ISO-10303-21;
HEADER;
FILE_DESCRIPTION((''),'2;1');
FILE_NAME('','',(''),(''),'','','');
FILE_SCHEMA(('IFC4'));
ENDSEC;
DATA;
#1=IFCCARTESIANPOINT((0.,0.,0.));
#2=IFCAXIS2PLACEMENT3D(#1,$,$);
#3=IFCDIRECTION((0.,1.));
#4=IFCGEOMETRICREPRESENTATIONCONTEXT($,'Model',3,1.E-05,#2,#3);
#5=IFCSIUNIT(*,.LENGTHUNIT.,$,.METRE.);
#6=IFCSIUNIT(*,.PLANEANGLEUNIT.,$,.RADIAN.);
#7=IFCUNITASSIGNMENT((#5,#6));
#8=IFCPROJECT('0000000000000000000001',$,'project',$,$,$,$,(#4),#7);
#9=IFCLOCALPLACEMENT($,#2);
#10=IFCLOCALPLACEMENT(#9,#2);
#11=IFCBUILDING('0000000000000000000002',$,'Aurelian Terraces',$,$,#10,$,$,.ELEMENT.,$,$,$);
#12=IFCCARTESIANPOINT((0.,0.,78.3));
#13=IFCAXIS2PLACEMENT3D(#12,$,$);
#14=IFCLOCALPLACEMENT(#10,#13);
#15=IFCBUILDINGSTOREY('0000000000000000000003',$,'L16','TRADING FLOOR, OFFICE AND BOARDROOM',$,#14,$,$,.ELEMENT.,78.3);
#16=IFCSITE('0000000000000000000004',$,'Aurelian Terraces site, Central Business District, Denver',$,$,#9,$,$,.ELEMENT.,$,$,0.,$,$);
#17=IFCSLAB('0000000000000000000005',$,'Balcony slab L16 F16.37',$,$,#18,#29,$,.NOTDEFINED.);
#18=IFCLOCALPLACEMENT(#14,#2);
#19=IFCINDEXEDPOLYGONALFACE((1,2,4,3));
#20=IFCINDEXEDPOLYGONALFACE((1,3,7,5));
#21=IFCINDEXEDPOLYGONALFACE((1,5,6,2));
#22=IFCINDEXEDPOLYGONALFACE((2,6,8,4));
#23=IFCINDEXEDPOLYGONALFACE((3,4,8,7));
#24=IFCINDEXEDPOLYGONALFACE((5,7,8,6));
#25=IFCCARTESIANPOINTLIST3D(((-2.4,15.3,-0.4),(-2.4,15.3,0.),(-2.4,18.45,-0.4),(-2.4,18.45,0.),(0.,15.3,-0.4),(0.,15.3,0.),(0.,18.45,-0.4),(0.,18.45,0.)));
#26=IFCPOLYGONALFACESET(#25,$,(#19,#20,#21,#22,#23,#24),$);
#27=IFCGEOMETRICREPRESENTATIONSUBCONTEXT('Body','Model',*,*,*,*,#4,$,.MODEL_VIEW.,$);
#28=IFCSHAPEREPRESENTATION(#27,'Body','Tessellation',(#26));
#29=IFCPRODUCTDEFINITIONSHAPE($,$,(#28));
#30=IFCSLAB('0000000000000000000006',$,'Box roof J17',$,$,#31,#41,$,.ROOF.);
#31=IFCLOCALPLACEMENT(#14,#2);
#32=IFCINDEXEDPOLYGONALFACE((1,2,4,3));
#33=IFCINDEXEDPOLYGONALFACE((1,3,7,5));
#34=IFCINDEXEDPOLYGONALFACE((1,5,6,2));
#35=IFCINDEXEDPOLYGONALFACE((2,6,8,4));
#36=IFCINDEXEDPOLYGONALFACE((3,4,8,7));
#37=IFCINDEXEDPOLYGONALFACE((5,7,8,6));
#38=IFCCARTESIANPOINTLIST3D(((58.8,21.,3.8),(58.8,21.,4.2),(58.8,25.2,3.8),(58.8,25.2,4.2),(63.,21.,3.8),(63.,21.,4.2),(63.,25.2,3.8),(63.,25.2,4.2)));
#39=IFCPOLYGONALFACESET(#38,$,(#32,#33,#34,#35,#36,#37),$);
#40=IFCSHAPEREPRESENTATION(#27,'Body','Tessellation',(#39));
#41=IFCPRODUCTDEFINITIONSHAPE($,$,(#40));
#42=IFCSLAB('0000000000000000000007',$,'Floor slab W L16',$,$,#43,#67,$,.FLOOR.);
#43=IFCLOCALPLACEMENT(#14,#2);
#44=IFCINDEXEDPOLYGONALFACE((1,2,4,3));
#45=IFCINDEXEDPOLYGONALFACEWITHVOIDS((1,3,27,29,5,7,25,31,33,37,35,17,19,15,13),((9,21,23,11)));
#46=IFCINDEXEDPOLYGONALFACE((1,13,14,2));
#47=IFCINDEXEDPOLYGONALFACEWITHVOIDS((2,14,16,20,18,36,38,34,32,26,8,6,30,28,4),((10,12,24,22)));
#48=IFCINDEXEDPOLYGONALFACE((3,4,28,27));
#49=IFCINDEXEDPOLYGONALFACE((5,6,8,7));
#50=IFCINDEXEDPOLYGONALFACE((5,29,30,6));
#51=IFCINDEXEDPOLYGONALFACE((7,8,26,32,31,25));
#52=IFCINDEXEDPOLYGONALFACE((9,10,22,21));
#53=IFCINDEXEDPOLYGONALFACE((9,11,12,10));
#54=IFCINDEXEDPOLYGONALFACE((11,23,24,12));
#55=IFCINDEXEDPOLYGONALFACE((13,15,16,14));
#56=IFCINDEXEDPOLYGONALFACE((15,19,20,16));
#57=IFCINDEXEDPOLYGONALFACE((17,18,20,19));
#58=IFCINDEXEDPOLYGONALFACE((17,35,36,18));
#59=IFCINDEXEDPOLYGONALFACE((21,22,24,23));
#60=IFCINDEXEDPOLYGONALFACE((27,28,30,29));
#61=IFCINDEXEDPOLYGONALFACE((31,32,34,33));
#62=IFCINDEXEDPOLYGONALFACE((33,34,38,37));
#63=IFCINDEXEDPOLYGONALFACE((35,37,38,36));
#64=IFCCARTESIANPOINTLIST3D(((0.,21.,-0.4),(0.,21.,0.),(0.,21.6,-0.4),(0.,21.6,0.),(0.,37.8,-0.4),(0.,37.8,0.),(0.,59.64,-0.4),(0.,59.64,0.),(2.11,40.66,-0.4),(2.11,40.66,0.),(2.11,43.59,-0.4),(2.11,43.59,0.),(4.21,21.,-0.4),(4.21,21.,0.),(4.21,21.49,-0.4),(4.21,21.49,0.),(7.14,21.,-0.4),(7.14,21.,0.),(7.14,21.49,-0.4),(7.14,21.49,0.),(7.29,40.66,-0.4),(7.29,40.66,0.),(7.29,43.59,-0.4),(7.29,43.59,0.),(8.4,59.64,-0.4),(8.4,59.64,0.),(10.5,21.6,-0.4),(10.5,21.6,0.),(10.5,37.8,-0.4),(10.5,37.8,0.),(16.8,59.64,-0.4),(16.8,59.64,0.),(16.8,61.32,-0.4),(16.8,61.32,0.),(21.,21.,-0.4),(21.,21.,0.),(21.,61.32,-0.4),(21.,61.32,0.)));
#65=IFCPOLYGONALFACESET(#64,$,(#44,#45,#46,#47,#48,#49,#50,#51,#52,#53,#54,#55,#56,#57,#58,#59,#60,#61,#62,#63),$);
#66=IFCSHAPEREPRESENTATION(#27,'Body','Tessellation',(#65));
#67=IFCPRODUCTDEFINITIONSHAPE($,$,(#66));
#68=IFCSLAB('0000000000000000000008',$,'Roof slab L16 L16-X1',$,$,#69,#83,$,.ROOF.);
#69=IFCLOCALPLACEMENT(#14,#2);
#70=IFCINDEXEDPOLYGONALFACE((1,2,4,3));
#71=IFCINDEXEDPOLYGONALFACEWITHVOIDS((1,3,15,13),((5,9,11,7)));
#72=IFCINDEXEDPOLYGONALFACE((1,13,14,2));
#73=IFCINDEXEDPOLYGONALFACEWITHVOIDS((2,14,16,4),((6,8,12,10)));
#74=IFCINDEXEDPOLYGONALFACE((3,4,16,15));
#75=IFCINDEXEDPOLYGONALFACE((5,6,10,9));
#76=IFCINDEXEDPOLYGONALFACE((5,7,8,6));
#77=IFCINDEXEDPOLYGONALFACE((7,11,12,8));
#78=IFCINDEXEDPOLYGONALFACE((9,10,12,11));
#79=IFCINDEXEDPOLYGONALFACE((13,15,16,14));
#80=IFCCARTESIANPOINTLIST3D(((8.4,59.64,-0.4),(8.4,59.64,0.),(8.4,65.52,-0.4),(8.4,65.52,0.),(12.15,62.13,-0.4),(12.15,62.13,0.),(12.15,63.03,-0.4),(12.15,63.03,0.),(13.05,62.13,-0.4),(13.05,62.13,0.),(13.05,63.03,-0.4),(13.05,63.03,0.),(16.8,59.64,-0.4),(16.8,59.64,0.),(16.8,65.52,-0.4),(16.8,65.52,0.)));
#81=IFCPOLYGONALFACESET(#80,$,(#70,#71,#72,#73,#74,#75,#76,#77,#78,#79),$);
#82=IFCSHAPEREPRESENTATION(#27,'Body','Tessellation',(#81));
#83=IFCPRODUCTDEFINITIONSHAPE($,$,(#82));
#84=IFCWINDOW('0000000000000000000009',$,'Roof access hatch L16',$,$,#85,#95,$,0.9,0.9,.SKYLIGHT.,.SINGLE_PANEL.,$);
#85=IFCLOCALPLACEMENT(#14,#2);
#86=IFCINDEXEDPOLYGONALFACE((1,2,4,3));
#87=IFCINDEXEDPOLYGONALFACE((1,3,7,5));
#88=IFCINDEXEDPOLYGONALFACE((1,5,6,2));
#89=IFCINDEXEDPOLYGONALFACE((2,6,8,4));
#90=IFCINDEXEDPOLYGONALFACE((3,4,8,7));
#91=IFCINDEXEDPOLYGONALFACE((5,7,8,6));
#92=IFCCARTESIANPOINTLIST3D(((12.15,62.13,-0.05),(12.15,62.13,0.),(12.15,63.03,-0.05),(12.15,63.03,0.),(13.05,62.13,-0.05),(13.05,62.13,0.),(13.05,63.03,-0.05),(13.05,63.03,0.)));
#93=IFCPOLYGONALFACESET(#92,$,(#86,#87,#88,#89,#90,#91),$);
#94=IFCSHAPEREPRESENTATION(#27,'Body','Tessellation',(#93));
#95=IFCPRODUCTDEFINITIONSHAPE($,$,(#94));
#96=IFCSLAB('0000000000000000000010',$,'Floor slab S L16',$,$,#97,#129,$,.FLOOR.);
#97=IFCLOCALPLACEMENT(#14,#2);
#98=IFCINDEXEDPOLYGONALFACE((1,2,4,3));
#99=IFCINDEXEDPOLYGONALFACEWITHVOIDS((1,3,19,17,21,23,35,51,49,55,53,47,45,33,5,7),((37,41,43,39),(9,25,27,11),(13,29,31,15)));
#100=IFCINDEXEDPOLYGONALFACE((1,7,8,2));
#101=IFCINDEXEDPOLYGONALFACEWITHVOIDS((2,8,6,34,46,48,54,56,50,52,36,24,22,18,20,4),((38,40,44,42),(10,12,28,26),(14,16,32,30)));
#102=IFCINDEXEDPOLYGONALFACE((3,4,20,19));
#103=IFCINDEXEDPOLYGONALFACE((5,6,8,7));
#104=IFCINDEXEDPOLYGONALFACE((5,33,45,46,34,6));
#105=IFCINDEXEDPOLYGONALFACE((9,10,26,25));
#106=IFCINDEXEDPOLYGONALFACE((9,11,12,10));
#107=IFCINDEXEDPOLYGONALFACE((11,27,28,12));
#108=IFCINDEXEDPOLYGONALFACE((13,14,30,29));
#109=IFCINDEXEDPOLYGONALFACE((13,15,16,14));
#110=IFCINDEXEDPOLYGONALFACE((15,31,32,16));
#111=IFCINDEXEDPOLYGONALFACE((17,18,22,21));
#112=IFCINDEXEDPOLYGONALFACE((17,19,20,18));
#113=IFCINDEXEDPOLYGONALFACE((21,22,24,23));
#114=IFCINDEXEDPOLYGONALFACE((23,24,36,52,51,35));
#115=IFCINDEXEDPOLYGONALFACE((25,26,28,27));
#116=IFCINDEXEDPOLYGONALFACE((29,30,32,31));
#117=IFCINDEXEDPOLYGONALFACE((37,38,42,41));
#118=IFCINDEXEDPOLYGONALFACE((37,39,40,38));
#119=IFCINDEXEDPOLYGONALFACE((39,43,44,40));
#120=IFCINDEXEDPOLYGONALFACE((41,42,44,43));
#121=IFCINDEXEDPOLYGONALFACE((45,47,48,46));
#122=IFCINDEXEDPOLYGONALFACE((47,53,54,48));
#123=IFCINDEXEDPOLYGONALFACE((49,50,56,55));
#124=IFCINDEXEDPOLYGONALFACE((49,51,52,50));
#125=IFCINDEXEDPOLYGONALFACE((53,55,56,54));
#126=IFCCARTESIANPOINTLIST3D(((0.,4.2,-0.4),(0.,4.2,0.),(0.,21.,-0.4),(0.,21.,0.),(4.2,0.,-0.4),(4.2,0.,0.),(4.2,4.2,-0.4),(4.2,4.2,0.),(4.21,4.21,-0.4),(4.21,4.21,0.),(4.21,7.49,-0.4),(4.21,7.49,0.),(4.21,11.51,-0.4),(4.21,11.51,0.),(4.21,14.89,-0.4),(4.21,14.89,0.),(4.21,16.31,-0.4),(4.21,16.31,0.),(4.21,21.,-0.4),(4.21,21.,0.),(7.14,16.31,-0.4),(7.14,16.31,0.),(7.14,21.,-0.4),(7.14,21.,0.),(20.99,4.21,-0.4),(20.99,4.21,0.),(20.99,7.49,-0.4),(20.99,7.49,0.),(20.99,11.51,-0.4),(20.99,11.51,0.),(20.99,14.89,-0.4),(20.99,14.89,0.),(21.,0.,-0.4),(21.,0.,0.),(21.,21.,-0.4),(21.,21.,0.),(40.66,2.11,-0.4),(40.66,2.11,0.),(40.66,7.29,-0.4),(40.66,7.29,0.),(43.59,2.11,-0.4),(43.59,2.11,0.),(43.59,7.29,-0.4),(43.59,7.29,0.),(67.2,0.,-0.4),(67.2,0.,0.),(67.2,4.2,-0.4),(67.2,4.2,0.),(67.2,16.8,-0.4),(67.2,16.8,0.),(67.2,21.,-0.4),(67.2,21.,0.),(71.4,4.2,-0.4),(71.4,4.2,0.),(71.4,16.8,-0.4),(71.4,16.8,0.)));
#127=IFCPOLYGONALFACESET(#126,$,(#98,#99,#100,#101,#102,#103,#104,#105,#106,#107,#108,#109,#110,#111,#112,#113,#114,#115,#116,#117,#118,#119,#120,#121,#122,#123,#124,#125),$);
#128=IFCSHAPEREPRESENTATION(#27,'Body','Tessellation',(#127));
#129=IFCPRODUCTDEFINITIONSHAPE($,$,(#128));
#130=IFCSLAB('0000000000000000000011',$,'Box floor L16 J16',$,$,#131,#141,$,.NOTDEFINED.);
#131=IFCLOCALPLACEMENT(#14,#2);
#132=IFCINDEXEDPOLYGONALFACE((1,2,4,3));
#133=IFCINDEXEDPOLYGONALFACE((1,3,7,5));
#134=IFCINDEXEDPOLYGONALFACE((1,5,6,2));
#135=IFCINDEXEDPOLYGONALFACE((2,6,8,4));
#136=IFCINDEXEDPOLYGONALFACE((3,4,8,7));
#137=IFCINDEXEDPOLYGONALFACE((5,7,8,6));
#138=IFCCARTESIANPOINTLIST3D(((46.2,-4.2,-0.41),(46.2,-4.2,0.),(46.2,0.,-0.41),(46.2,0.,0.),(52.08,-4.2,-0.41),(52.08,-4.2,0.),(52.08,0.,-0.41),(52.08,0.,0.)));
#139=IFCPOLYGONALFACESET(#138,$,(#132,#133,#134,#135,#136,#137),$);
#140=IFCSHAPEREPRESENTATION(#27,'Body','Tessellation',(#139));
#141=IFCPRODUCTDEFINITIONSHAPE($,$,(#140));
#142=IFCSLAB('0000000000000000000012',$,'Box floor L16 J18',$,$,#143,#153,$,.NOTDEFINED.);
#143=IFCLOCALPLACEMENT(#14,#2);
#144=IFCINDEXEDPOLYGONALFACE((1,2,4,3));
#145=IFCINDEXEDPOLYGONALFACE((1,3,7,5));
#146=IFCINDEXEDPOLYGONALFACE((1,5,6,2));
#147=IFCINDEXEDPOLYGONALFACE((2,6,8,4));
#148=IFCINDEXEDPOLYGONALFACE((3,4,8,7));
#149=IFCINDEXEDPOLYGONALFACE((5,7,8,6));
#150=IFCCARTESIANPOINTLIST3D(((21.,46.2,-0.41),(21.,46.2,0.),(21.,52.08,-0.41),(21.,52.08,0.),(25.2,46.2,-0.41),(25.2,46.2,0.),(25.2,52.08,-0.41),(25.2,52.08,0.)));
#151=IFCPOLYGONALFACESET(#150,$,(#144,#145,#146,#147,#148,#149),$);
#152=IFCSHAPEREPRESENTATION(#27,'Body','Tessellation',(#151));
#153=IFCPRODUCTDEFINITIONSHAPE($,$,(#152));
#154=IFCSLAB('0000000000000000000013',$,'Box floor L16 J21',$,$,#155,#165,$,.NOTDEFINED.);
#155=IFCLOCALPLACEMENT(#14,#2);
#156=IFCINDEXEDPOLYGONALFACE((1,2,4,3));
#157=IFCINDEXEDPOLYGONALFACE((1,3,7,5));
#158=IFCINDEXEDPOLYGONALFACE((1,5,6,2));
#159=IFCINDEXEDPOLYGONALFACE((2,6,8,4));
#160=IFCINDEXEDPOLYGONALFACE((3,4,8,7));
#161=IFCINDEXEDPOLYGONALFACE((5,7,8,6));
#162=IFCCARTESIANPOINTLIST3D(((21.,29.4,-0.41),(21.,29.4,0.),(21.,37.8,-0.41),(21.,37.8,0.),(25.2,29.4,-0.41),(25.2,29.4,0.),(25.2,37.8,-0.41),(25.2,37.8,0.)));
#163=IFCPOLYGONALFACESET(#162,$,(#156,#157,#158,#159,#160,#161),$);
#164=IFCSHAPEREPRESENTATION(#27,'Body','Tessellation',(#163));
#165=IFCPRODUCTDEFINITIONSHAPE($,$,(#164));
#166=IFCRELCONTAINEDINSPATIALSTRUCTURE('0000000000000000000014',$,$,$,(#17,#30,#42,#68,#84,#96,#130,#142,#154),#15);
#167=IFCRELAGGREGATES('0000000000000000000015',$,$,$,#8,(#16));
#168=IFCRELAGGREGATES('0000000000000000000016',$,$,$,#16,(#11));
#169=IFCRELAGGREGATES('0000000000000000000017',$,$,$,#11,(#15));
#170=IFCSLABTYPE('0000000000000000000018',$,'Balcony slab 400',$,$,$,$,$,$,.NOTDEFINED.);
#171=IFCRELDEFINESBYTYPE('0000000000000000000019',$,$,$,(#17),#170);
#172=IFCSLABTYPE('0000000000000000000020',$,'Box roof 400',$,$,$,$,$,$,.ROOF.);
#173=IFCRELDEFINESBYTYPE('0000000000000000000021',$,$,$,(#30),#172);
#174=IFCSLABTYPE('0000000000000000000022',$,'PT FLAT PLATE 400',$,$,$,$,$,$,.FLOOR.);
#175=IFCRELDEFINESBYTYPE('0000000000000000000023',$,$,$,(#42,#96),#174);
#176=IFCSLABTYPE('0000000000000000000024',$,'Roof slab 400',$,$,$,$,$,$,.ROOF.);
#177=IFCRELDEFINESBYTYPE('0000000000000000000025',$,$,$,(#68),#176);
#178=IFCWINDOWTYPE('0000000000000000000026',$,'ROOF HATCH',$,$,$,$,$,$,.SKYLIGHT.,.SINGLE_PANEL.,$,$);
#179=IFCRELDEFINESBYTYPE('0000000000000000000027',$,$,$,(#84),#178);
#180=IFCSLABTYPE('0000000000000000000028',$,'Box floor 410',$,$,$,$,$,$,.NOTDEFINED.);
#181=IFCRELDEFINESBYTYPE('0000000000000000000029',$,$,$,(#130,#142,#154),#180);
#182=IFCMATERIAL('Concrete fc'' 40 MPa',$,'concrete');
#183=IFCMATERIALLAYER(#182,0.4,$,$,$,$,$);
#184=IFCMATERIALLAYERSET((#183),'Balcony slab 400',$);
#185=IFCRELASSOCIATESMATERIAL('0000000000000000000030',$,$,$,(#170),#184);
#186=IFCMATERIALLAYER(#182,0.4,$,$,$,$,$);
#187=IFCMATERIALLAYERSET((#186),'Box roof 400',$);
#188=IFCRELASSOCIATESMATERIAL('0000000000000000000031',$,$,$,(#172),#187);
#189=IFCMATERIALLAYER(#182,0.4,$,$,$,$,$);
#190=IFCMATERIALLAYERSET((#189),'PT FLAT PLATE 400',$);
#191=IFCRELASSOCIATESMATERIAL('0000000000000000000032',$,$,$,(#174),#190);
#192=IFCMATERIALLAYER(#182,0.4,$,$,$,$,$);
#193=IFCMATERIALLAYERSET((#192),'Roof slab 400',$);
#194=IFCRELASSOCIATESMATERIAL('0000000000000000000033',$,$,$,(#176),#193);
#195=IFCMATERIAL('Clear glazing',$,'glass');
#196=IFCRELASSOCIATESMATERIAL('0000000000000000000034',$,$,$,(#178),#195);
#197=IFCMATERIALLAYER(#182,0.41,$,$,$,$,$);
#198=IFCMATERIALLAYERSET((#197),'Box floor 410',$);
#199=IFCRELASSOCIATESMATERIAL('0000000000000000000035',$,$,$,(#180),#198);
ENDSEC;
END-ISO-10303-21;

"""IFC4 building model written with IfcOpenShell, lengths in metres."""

from ifc_helpers import new_model, si_unit, direction, frame, origin, origin_2d, place, context, subcontext, project, spatial, polyline, rectangle, outline, extrude, source, transform, mapped, material, layer, layer_set, type_object, element, fill, save


model = new_model("IFC4")

# Units and contexts
model_context = context("Model", 3, precision=1e-05, world=origin(), true_north=direction((0.0, 1.0)))
body_context = subcontext(model_context, "Body", "Model", "MODEL_VIEW")
ifc_project = project(units=[si_unit("LENGTHUNIT", "METRE"), si_unit("PLANEANGLEUNIT", "RADIAN")], contexts=[model_context])

# Site, building, storey
site_placement = place(None, origin())
site = spatial("IfcSite", under=ifc_project, at=site_placement, Name="Aurelian Terraces site, Central Business District, Denver", CompositionType="ELEMENT", RefElevation=0.0)
building_placement = place(site_placement, origin())
building = spatial("IfcBuilding", under=site, at=building_placement, Name="Aurelian Terraces", CompositionType="ELEMENT")
storey_placement = place(building_placement, frame((0.0, 0.0, 78.3)))
storey = spatial("IfcBuildingStorey", under=building, at=storey_placement, Name="L16", Description="TRADING FLOOR, OFFICE AND BOARDROOM", CompositionType="ELEMENT", Elevation=78.3)

# Slabs
ifc_material_1 = material(Name="Concrete fc' 40 MPa", Category="concrete")
ifc_layer_1 = layer(ifc_material_1, 0.4)
ifc_layer_set_1 = layer_set([ifc_layer_1], Name="Balcony slab 400")
slab_type_1 = type_object("IfcSlabType", Name="Balcony slab 400", PredefinedType="NOTDEFINED", material=ifc_layer_set_1)
slab_1_placement = place(storey_placement, frame((0.0, 0.0, -0.4)))
element("IfcSlab", 1, at=slab_1_placement, inside=storey, type_object=slab_type_1, Name="Balcony slab L16 F16.37", PredefinedType="NOTDEFINED", context=body_context, shape_type="SweptSolid", body=[
    extrude(outline(polyline([(0.0, 18.45), (0.0, 15.3), (-2.4, 15.3), (-2.4, 18.45), (0.0, 18.45)])), origin(), (0.0, 0.0, 1.0), 0.4),
])
ifc_layer_2 = layer(ifc_material_1, 0.4)
ifc_layer_set_2 = layer_set([ifc_layer_2], Name="Box roof 400")
slab_type_2 = type_object("IfcSlabType", Name="Box roof 400", PredefinedType="ROOF", material=ifc_layer_set_2)
slab_2_placement = place(storey_placement, frame((0.0, 0.0, 3.8)))
element("IfcSlab", 2, at=slab_2_placement, inside=storey, type_object=slab_type_2, Name="Box roof J17", PredefinedType="ROOF", context=body_context, shape_type="SweptSolid", body=[
    extrude(outline(polyline([(63.0, 25.2), (58.8, 25.2), (58.8, 21.0), (63.0, 21.0), (63.0, 25.2)])), origin(), (0.0, 0.0, 1.0), 0.4),
])
ifc_layer_3 = layer(ifc_material_1, 0.4)
ifc_layer_set_3 = layer_set([ifc_layer_3], Name="PT FLAT PLATE 400")
slab_type_3 = type_object("IfcSlabType", Name="PT FLAT PLATE 400", PredefinedType="FLOOR", material=ifc_layer_set_3)
slab_3_placement = place(storey_placement, frame((0.0, 0.0, -0.4)))
element("IfcSlab", 3, at=slab_3_placement, inside=storey, type_object=slab_type_3, Name="Floor slab W L16", PredefinedType="FLOOR", context=body_context, shape_type="SweptSolid", body=[
    extrude(outline(polyline([(10.5, 21.6), (10.5, 37.8), (0.0, 37.8), (0.0, 59.64), (8.4, 59.64), (16.8, 59.64), (16.8, 61.32), (21.0, 61.32), (21.0, 21.0), (7.14, 21.0), (7.14, 21.49), (4.21, 21.49), (4.21, 21.0), (0.0, 21.0), (0.0, 21.6), (10.5, 21.6)]), holes=[polyline([(7.29, 43.59), (2.11, 43.59), (2.11, 40.66), (7.29, 40.66), (7.29, 43.59)])]), origin(), (0.0, 0.0, 1.0), 0.4),
])

# Slab, opening, window
ifc_layer_4 = layer(ifc_material_1, 0.4)
ifc_layer_set_4 = layer_set([ifc_layer_4], Name="Roof slab 400")
slab_type_4 = type_object("IfcSlabType", Name="Roof slab 400", PredefinedType="ROOF", material=ifc_layer_set_4)
slab_4_placement = place(storey_placement, frame((0.0, 0.0, -0.4)))
slab_4 = element("IfcSlab", 4, at=slab_4_placement, inside=storey, type_object=slab_type_4, Name="Roof slab L16 L16-X1", PredefinedType="ROOF", context=body_context, shape_type="SweptSolid", body=[
    extrude(outline(polyline([(16.8, 65.52), (16.8, 61.32), (16.8, 59.64), (8.4, 59.64), (8.4, 65.52), (16.8, 65.52)])), origin(), (0.0, 0.0, 1.0), 0.4),
])
shared_shape_1 = source(origin(), body_context, "Body", "SweptSolid", [
    extrude(rectangle(XDim=0.9, YDim=0.9, at=origin_2d()), frame((0.0, 0.0, -0.01)), (0.0, 0.0, 1.0), 0.42),
])
opening_placement = place(slab_4_placement, frame((12.6, 62.58, 0.0)))
opening = element("IfcOpeningElement", 5, at=opening_placement, cuts=slab_4, PredefinedType="OPENING", context=body_context, shape_type="MappedRepresentation", body=[
    mapped(shared_shape_1, transform((0.0, 0.0, 0.0), scale=1.0)),
])
ifc_material_2 = material(Name="Clear glazing", Category="glass")
window_type = type_object("IfcWindowType", Name="ROOF HATCH", PartitioningType="SINGLE_PANEL", PredefinedType="SKYLIGHT", material=ifc_material_2)
shared_shape_2 = source(origin(), body_context, "Body", "SweptSolid", [
    extrude(rectangle(XDim=0.9, YDim=0.9, at=origin_2d()), origin(), (0.0, 0.0, 1.0), 0.05),
])
window_placement = place(opening_placement, frame((0.0, 0.0, 0.35)))
window = element("IfcWindow", 6, at=window_placement, inside=storey, type_object=window_type, Name="Roof access hatch L16", OverallHeight=0.9, OverallWidth=0.9, PartitioningType="SINGLE_PANEL", PredefinedType="SKYLIGHT", context=body_context, shape_type="MappedRepresentation", body=[
    mapped(shared_shape_2, transform((0.0, 0.0, 0.0), scale=1.0)),
])
fill(opening, window)

# Slabs
shared_shape_3 = source(origin(), body_context, "Body", "SweptSolid", [
    extrude(outline(polyline([(71.4, 16.8), (71.4, 4.2), (67.2, 4.2), (67.2, 0.0), (21.0, 0.0), (4.2, 0.0), (4.2, 4.2), (0.0, 4.2), (0.0, 21.0), (4.21, 21.0), (4.21, 16.31), (7.14, 16.31), (7.14, 21.0), (21.0, 21.0), (67.2, 21.0), (67.2, 16.8), (71.4, 16.8)]), holes=[polyline([(40.66, 2.11), (43.59, 2.11), (43.59, 7.29), (40.66, 7.29), (40.66, 2.11)]), polyline([(4.21, 7.49), (4.21, 4.21), (20.99, 4.21), (20.99, 7.49), (4.21, 7.49)]), polyline([(4.21, 14.89), (4.21, 11.51), (20.99, 11.51), (20.99, 14.89), (4.21, 14.89)])]), origin(), (0.0, 0.0, 1.0), 0.4),
])
slab_5_placement = place(storey_placement, frame((0.0, 0.0, -0.4)))
element("IfcSlab", 7, at=slab_5_placement, inside=storey, type_object=slab_type_3, Name="Floor slab S L16", PredefinedType="FLOOR", context=body_context, shape_type="MappedRepresentation", body=[
    mapped(shared_shape_3, transform((0.0, 0.0, 0.0), scale=1.0)),
])
ifc_layer_5 = layer(ifc_material_1, 0.41)
ifc_layer_set_5 = layer_set([ifc_layer_5], Name="Box floor 410")
slab_type_5 = type_object("IfcSlabType", Name="Box floor 410", PredefinedType="NOTDEFINED", material=ifc_layer_set_5)
shared_shape_4 = source(origin(), body_context, "Body", "SweptSolid", [
    extrude(outline(polyline([(46.2, -4.2), (52.08, -4.2), (52.08, 0.0), (46.2, 0.0), (46.2, -4.2)])), origin(), (0.0, 0.0, 1.0), 0.41),
])
slab_6_placement = place(storey_placement, frame((0.0, 0.0, -0.41)))
element("IfcSlab", 8, at=slab_6_placement, inside=storey, type_object=slab_type_5, Name="Box floor L16 J16", PredefinedType="NOTDEFINED", context=body_context, shape_type="MappedRepresentation", body=[
    mapped(shared_shape_4, transform((0.0, 0.0, 0.0), scale=1.0)),
])
shared_shape_5 = source(origin(), body_context, "Body", "SweptSolid", [
    extrude(outline(polyline([(25.2, 46.2), (25.2, 52.08), (21.0, 52.08), (21.0, 46.2), (25.2, 46.2)])), origin(), (0.0, 0.0, 1.0), 0.41),
])
slab_7_placement = place(storey_placement, frame((0.0, 0.0, -0.41)))
element("IfcSlab", 9, at=slab_7_placement, inside=storey, type_object=slab_type_5, Name="Box floor L16 J18", PredefinedType="NOTDEFINED", context=body_context, shape_type="MappedRepresentation", body=[
    mapped(shared_shape_5, transform((0.0, 0.0, 0.0), scale=1.0)),
])
shared_shape_6 = source(origin(), body_context, "Body", "SweptSolid", [
    extrude(outline(polyline([(25.2, 29.4), (25.2, 37.8), (21.0, 37.8), (21.0, 29.4), (25.2, 29.4)])), origin(), (0.0, 0.0, 1.0), 0.41),
])
slab_8_placement = place(storey_placement, frame((0.0, 0.0, -0.41)))
element("IfcSlab", 10, at=slab_8_placement, inside=storey, type_object=slab_type_5, Name="Box floor L16 J21", PredefinedType="NOTDEFINED", context=body_context, shape_type="MappedRepresentation", body=[
    mapped(shared_shape_6, transform((0.0, 0.0, 0.0), scale=1.0)),
])

save(model, "model.ifc")
